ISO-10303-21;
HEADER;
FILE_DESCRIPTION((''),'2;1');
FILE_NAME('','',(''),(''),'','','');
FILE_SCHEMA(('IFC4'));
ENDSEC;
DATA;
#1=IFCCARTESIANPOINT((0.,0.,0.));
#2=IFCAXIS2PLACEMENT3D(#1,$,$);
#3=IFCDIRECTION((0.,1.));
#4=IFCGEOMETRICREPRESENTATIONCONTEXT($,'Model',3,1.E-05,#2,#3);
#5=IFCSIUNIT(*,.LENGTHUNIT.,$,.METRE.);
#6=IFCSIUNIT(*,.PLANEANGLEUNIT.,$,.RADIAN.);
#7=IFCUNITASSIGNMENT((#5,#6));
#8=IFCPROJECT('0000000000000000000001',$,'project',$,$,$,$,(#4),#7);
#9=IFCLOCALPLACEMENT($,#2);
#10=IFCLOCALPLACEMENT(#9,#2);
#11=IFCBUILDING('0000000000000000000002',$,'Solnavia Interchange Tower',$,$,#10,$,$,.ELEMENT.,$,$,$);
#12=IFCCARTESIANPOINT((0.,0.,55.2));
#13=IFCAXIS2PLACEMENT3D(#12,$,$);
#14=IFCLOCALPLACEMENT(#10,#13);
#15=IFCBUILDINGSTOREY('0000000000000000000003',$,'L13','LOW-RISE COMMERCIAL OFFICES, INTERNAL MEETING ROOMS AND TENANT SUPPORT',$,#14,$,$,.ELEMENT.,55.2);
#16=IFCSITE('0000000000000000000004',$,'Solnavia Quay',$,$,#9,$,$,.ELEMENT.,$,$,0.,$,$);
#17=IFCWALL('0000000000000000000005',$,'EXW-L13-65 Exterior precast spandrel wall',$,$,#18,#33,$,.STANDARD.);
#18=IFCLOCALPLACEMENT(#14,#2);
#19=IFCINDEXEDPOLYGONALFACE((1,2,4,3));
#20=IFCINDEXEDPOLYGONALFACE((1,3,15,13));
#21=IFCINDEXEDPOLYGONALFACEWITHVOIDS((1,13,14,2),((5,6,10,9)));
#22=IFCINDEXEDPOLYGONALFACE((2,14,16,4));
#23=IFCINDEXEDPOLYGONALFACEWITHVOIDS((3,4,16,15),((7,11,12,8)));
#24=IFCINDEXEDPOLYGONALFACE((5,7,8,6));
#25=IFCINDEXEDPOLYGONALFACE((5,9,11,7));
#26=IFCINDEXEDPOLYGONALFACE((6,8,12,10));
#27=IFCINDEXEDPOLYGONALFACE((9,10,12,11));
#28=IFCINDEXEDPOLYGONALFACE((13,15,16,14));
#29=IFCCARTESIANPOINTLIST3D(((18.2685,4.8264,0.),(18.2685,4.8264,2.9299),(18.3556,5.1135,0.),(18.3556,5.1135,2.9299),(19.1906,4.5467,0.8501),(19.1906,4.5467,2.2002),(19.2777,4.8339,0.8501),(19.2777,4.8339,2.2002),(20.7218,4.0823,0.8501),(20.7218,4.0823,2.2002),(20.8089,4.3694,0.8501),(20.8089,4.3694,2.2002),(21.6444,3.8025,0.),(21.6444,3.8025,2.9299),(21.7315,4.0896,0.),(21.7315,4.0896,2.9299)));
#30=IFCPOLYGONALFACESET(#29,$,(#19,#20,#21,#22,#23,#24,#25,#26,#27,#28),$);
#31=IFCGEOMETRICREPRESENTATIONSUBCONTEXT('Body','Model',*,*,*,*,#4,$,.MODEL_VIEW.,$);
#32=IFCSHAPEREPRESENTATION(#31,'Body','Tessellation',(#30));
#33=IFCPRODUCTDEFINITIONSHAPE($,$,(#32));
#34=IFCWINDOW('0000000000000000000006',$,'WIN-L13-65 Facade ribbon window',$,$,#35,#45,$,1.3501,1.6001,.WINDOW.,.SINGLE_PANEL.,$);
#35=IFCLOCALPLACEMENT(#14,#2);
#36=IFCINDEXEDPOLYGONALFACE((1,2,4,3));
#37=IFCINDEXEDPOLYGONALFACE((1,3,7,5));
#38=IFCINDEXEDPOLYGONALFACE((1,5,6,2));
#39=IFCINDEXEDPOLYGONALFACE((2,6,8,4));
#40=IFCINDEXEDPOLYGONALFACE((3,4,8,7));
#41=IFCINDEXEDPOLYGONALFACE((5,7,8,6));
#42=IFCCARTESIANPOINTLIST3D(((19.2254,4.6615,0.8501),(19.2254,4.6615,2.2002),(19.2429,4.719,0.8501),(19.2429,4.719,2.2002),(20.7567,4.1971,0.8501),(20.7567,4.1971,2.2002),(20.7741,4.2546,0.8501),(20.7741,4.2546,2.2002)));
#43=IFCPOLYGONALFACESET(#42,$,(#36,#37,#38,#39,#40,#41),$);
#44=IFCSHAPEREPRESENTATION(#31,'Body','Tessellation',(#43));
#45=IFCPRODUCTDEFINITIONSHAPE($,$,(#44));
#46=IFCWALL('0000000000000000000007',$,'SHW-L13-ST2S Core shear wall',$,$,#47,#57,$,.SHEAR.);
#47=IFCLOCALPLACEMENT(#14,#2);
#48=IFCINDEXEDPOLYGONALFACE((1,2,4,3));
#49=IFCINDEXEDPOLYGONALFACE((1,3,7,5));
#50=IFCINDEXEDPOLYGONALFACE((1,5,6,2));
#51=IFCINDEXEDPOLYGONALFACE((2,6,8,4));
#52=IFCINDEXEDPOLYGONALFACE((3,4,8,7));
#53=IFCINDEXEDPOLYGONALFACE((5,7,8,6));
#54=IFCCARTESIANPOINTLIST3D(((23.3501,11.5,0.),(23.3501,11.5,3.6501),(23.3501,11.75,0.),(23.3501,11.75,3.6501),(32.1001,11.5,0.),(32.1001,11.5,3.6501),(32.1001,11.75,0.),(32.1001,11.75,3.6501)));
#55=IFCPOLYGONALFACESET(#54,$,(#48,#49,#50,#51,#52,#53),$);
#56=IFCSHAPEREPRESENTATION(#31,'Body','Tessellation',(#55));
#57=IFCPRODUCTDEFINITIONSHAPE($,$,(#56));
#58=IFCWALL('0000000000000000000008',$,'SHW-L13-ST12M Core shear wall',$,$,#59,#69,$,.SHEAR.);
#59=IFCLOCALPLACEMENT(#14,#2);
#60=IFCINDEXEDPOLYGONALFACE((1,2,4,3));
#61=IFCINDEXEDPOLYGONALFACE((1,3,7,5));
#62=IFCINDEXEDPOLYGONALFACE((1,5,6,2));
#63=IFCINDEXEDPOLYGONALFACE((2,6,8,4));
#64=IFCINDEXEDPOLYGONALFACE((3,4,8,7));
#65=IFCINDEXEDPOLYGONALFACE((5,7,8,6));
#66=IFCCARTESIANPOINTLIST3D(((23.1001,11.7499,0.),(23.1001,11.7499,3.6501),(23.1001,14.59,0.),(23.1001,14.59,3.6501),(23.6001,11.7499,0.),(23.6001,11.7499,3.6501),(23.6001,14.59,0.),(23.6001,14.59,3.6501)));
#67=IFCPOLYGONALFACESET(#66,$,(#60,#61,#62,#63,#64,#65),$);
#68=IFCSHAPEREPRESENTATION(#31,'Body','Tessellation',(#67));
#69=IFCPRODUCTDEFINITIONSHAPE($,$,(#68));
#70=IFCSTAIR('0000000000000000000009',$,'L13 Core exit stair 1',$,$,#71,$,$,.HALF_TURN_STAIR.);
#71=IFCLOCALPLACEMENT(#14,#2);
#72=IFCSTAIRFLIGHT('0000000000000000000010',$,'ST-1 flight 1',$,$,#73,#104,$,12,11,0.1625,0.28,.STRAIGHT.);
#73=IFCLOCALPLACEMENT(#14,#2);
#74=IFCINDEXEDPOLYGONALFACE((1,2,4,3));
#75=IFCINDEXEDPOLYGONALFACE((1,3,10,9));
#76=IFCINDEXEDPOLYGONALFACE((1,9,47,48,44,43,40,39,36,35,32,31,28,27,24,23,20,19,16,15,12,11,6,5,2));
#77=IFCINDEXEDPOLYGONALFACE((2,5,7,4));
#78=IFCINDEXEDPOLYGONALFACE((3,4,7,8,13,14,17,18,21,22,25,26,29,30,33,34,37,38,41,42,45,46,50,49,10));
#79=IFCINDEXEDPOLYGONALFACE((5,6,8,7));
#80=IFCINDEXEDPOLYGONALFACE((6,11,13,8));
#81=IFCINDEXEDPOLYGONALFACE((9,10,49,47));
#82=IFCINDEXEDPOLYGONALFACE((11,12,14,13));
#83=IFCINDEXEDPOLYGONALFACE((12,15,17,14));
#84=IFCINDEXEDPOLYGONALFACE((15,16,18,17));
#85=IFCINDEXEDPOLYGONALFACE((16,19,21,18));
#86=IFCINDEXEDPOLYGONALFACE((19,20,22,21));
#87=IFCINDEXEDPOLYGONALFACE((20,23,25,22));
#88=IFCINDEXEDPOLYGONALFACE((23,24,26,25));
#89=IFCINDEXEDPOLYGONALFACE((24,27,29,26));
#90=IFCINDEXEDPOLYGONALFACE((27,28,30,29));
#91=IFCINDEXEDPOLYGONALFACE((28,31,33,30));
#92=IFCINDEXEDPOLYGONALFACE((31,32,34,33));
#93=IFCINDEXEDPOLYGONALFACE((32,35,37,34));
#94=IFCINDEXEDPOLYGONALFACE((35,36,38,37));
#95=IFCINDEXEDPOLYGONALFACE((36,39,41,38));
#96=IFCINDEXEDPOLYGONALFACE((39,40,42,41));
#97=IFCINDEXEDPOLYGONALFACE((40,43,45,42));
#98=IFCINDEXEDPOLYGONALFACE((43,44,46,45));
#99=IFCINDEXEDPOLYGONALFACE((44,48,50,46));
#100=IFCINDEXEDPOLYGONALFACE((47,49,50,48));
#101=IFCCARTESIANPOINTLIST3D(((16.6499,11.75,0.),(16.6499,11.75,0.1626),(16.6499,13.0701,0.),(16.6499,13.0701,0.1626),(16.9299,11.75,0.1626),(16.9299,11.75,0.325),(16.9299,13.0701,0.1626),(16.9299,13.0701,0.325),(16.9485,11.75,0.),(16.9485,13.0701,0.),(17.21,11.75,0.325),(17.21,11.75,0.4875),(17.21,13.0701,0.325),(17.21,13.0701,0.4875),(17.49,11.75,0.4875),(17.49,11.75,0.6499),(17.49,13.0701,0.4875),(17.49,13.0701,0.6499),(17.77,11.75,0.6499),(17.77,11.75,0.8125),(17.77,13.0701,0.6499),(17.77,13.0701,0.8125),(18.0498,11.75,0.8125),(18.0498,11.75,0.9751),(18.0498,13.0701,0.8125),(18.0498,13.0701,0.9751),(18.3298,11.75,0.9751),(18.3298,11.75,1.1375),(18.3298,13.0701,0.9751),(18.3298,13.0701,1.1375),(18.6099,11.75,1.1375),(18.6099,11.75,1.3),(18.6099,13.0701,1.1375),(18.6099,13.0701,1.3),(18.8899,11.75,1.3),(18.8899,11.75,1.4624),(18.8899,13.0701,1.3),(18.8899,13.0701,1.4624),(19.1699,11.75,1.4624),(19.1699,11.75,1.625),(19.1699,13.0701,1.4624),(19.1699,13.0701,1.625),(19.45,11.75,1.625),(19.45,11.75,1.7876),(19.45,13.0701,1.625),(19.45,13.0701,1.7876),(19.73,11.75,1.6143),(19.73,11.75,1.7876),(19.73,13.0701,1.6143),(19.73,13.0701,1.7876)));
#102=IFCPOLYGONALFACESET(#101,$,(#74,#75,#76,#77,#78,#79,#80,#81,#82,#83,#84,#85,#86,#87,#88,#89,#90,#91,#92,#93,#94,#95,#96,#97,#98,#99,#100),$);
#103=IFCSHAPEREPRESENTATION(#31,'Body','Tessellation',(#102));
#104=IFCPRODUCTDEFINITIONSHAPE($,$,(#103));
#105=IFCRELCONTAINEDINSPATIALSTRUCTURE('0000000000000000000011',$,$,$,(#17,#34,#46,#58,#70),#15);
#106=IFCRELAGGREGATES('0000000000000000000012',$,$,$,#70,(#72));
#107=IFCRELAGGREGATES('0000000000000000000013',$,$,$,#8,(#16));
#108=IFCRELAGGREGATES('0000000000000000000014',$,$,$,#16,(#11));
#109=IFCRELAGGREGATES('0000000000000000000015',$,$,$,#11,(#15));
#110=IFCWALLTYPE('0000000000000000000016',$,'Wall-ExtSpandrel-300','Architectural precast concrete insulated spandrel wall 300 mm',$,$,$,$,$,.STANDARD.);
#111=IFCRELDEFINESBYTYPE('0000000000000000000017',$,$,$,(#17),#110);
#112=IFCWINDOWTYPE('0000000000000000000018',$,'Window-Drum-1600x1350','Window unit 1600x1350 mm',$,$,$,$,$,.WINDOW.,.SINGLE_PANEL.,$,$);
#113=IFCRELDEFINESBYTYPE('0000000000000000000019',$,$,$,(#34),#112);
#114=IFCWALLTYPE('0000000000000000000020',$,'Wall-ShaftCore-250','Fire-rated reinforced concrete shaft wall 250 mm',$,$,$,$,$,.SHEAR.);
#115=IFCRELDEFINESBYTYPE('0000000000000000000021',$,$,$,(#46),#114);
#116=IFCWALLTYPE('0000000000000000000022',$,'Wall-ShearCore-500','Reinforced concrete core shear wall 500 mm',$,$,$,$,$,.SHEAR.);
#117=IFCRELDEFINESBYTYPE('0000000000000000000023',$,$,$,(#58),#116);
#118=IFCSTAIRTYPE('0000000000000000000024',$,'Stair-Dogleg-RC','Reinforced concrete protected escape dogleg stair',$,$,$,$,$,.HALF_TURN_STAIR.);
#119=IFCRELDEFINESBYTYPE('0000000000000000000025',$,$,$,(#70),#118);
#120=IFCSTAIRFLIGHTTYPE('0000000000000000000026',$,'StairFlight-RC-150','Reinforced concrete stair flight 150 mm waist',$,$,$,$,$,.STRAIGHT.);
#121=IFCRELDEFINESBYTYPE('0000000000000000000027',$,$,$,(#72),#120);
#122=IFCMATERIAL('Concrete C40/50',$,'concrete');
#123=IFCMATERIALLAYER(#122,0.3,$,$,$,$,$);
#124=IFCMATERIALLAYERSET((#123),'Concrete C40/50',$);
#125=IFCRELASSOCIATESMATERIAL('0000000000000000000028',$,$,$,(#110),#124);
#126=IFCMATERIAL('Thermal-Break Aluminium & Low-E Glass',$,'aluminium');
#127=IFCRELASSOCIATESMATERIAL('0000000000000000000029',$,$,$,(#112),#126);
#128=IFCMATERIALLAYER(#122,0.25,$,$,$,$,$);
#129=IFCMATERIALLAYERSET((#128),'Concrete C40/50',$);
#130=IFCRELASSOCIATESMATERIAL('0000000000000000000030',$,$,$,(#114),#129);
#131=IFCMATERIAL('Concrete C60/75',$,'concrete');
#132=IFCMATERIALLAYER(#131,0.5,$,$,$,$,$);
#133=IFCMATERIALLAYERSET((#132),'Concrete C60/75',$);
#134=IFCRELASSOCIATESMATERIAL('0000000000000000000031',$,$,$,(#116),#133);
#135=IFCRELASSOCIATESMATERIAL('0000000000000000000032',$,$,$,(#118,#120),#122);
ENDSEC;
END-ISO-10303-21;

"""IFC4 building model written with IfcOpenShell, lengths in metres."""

from ifc_helpers import new_model, si_unit, direction, frame, frame_2d, origin, place, context, subcontext, project, spatial, polyline, rectangle, outline, extrude, material, layer, layer_set, type_object, element, fill, aggregate, save


model = new_model("IFC4")

# Units and contexts
model_context = context("Model", 3, precision=1e-05, world=origin(), true_north=direction((0.0, 1.0)))
body_context = subcontext(model_context, "Body", "Model", "MODEL_VIEW")
ifc_project = project(units=[si_unit("LENGTHUNIT", "METRE"), si_unit("PLANEANGLEUNIT", "RADIAN")], contexts=[model_context])

# Site, building, storey
site_placement = place(None, origin())
site = spatial("IfcSite", under=ifc_project, at=site_placement, Name="Solnavia Quay", CompositionType="ELEMENT", RefElevation=0.0)
building_placement = place(site_placement, origin())
building = spatial("IfcBuilding", under=site, at=building_placement, Name="Solnavia Interchange Tower", CompositionType="ELEMENT")
storey_placement = place(building_placement, frame((0.0, 0.0, 55.2)))
storey = spatial("IfcBuildingStorey", under=building, at=storey_placement, Name="L13", Description="LOW-RISE COMMERCIAL OFFICES, INTERNAL MEETING ROOMS AND TENANT SUPPORT", CompositionType="ELEMENT", Elevation=55.2)

# Shared definitions
ifc_material_1 = material(Name="Concrete C60/75", Category="concrete")

# Wall, opening, window
ifc_material_2 = material(Name="Concrete C40/50", Category="concrete")
ifc_layer_1 = layer(ifc_material_2, 0.3)
ifc_layer_set_1 = layer_set([ifc_layer_1], Name="Concrete C40/50")
wall_type_1 = type_object("IfcWallType", Name="Wall-ExtSpandrel-300", Description="Architectural precast concrete insulated spandrel wall 300 mm", PredefinedType="STANDARD", material=ifc_layer_set_1)
ifc_material_3 = material(Name="Thermal-Break Aluminium & Low-E Glass", Category="aluminium")
window_type = type_object("IfcWindowType", Name="Window-Drum-1600x1350", Description="Window unit 1600x1350 mm", PartitioningType="SINGLE_PANEL", PredefinedType="WINDOW", material=ifc_material_3)
wall_1_placement = place(storey_placement, frame((21.688, 3.946, 0.0), z_axis=(0.0, 0.0, 1.0), x_axis=(-0.956953, 0.290242, 0.0)))
wall_1 = element("IfcWall", 1, at=wall_1_placement, inside=storey, type_object=wall_type_1, Name="EXW-L13-65 Exterior precast spandrel wall", PredefinedType="STANDARD", context=body_context, shape_type="SweptSolid", body=[
    extrude(rectangle(XDim=3.5278, YDim=0.3, at=frame_2d((1.7639, 0.0))), origin(), (0.0, 0.0, 1.0), 2.9299),
])
opening_1_placement = place(wall_1_placement, frame((0.9641, 0.0, 0.8501)))
opening_1 = element("IfcOpeningElement", 2, at=opening_1_placement, cuts=wall_1, PredefinedType="OPENING", context=body_context, shape_type="SweptSolid", body=[
    extrude(rectangle(XDim=1.6001, YDim=1.3501, at=frame_2d((0.8, 0.675))), frame((0.0, 0.1602, 0.0), z_axis=(0.0, -1.0, 0.0), x_axis=(1.0, 0.0, 0.0)), (0.0, 0.0, 1.0), 0.3201),
])
window_1_placement = place(opening_1_placement, origin())
window_1 = element("IfcWindow", 3, at=window_1_placement, inside=storey, type_object=window_type, Name="WIN-L13-65 Facade ribbon window", OverallHeight=1.3501, OverallWidth=1.6001, PartitioningType="SINGLE_PANEL", PredefinedType="WINDOW", context=body_context, shape_type="SweptSolid", body=[
    extrude(rectangle(XDim=1.6001, YDim=1.3501, at=frame_2d((0.8, 0.675))), frame((0.0, 0.03, 0.0), z_axis=(0.0, -1.0, 0.0), x_axis=(1.0, 0.0, 0.0)), (0.0, 0.0, 1.0), 0.0601),
])
fill(opening_1, window_1)

# Walls
ifc_layer_2 = layer(ifc_material_2, 0.25)
ifc_layer_set_2 = layer_set([ifc_layer_2], Name="Concrete C40/50")
wall_type_2 = type_object("IfcWallType", Name="Wall-ShaftCore-250", Description="Fire-rated reinforced concrete shaft wall 250 mm", PredefinedType="SHEAR", material=ifc_layer_set_2)
wall_2_placement = place(storey_placement, frame((23.3501, 11.625, 0.0), z_axis=(0.0, 0.0, 1.0), x_axis=(1.0, 0.0, 0.0)))
element("IfcWall", 4, at=wall_2_placement, inside=storey, type_object=wall_type_2, Name="SHW-L13-ST2S Core shear wall", PredefinedType="SHEAR", context=body_context, shape_type="SweptSolid", body=[
    extrude(rectangle(XDim=8.75, YDim=0.25, at=frame_2d((4.375, 0.0))), origin(), (0.0, 0.0, 1.0), 3.6501),
])
ifc_layer_3 = layer(ifc_material_1, 0.5)
ifc_layer_set_3 = layer_set([ifc_layer_3], Name="Concrete C60/75")
wall_type_3 = type_object("IfcWallType", Name="Wall-ShearCore-500", Description="Reinforced concrete core shear wall 500 mm", PredefinedType="SHEAR", material=ifc_layer_set_3)
wall_3_placement = place(storey_placement, frame((23.3501, 11.75, 0.0), z_axis=(0.0, 0.0, 1.0), x_axis=(0.0, 1.0, 0.0)))
element("IfcWall", 5, at=wall_3_placement, inside=storey, type_object=wall_type_3, Name="SHW-L13-ST12M Core shear wall", PredefinedType="SHEAR", context=body_context, shape_type="SweptSolid", body=[
    extrude(rectangle(XDim=2.8401, YDim=0.5, at=frame_2d((1.4199, 0.0))), origin(), (0.0, 0.0, 1.0), 3.6501),
])

# Stair, stair flight
stair_type = type_object("IfcStairType", Name="Stair-Dogleg-RC", Description="Reinforced concrete protected escape dogleg stair", PredefinedType="HALF_TURN_STAIR", material=ifc_material_2)
stair_placement = place(storey_placement, origin())
stair = element("IfcStair", 6, at=stair_placement, inside=storey, type_object=stair_type, Name="L13 Core exit stair 1", PredefinedType="HALF_TURN_STAIR")
stair_flight_type = type_object("IfcStairFlightType", Name="StairFlight-RC-150", Description="Reinforced concrete stair flight 150 mm waist", PredefinedType="STRAIGHT", material=ifc_material_2)
stair_flight_placement = place(storey_placement, frame((16.6499, 12.4099, 0.0), z_axis=(0.0, 0.0, 1.0), x_axis=(1.0, 0.0, 0.0)))
stair_flight = element("IfcStairFlight", 7, at=stair_flight_placement, type_object=stair_flight_type, Name="ST-1 flight 1", NumberOfRisers=12, NumberOfTreads=11, PredefinedType="STRAIGHT", RiserHeight=0.1625, TreadLength=0.28, context=body_context, shape_type="SweptSolid", body=[
    extrude(outline(polyline([(0.0, 0.0), (0.0, 0.1626), (0.28, 0.1626), (0.28, 0.325), (0.5601, 0.325), (0.5601, 0.4875), (0.8401, 0.4875), (0.8401, 0.6499), (1.1201, 0.6499), (1.1201, 0.8125), (1.3999, 0.8125), (1.3999, 0.9751), (1.6799, 0.9751), (1.6799, 1.1375), (1.96, 1.1375), (1.96, 1.3), (2.24, 1.3), (2.24, 1.4624), (2.52, 1.4624), (2.52, 1.625), (2.8, 1.625), (2.8, 1.7876), (3.0801, 1.7876), (3.0801, 1.95), (3.0801, 1.6143), (0.2986, 0.0), (0.0, 0.0)])), frame((0.0, 0.6602, 0.0), z_axis=(0.0, -1.0, 0.0), x_axis=(1.0, 0.0, 0.0)), (0.0, 0.0, 1.0), 1.3201),
])
aggregate(stair, [stair_flight])

save(model, "model.ifc")
